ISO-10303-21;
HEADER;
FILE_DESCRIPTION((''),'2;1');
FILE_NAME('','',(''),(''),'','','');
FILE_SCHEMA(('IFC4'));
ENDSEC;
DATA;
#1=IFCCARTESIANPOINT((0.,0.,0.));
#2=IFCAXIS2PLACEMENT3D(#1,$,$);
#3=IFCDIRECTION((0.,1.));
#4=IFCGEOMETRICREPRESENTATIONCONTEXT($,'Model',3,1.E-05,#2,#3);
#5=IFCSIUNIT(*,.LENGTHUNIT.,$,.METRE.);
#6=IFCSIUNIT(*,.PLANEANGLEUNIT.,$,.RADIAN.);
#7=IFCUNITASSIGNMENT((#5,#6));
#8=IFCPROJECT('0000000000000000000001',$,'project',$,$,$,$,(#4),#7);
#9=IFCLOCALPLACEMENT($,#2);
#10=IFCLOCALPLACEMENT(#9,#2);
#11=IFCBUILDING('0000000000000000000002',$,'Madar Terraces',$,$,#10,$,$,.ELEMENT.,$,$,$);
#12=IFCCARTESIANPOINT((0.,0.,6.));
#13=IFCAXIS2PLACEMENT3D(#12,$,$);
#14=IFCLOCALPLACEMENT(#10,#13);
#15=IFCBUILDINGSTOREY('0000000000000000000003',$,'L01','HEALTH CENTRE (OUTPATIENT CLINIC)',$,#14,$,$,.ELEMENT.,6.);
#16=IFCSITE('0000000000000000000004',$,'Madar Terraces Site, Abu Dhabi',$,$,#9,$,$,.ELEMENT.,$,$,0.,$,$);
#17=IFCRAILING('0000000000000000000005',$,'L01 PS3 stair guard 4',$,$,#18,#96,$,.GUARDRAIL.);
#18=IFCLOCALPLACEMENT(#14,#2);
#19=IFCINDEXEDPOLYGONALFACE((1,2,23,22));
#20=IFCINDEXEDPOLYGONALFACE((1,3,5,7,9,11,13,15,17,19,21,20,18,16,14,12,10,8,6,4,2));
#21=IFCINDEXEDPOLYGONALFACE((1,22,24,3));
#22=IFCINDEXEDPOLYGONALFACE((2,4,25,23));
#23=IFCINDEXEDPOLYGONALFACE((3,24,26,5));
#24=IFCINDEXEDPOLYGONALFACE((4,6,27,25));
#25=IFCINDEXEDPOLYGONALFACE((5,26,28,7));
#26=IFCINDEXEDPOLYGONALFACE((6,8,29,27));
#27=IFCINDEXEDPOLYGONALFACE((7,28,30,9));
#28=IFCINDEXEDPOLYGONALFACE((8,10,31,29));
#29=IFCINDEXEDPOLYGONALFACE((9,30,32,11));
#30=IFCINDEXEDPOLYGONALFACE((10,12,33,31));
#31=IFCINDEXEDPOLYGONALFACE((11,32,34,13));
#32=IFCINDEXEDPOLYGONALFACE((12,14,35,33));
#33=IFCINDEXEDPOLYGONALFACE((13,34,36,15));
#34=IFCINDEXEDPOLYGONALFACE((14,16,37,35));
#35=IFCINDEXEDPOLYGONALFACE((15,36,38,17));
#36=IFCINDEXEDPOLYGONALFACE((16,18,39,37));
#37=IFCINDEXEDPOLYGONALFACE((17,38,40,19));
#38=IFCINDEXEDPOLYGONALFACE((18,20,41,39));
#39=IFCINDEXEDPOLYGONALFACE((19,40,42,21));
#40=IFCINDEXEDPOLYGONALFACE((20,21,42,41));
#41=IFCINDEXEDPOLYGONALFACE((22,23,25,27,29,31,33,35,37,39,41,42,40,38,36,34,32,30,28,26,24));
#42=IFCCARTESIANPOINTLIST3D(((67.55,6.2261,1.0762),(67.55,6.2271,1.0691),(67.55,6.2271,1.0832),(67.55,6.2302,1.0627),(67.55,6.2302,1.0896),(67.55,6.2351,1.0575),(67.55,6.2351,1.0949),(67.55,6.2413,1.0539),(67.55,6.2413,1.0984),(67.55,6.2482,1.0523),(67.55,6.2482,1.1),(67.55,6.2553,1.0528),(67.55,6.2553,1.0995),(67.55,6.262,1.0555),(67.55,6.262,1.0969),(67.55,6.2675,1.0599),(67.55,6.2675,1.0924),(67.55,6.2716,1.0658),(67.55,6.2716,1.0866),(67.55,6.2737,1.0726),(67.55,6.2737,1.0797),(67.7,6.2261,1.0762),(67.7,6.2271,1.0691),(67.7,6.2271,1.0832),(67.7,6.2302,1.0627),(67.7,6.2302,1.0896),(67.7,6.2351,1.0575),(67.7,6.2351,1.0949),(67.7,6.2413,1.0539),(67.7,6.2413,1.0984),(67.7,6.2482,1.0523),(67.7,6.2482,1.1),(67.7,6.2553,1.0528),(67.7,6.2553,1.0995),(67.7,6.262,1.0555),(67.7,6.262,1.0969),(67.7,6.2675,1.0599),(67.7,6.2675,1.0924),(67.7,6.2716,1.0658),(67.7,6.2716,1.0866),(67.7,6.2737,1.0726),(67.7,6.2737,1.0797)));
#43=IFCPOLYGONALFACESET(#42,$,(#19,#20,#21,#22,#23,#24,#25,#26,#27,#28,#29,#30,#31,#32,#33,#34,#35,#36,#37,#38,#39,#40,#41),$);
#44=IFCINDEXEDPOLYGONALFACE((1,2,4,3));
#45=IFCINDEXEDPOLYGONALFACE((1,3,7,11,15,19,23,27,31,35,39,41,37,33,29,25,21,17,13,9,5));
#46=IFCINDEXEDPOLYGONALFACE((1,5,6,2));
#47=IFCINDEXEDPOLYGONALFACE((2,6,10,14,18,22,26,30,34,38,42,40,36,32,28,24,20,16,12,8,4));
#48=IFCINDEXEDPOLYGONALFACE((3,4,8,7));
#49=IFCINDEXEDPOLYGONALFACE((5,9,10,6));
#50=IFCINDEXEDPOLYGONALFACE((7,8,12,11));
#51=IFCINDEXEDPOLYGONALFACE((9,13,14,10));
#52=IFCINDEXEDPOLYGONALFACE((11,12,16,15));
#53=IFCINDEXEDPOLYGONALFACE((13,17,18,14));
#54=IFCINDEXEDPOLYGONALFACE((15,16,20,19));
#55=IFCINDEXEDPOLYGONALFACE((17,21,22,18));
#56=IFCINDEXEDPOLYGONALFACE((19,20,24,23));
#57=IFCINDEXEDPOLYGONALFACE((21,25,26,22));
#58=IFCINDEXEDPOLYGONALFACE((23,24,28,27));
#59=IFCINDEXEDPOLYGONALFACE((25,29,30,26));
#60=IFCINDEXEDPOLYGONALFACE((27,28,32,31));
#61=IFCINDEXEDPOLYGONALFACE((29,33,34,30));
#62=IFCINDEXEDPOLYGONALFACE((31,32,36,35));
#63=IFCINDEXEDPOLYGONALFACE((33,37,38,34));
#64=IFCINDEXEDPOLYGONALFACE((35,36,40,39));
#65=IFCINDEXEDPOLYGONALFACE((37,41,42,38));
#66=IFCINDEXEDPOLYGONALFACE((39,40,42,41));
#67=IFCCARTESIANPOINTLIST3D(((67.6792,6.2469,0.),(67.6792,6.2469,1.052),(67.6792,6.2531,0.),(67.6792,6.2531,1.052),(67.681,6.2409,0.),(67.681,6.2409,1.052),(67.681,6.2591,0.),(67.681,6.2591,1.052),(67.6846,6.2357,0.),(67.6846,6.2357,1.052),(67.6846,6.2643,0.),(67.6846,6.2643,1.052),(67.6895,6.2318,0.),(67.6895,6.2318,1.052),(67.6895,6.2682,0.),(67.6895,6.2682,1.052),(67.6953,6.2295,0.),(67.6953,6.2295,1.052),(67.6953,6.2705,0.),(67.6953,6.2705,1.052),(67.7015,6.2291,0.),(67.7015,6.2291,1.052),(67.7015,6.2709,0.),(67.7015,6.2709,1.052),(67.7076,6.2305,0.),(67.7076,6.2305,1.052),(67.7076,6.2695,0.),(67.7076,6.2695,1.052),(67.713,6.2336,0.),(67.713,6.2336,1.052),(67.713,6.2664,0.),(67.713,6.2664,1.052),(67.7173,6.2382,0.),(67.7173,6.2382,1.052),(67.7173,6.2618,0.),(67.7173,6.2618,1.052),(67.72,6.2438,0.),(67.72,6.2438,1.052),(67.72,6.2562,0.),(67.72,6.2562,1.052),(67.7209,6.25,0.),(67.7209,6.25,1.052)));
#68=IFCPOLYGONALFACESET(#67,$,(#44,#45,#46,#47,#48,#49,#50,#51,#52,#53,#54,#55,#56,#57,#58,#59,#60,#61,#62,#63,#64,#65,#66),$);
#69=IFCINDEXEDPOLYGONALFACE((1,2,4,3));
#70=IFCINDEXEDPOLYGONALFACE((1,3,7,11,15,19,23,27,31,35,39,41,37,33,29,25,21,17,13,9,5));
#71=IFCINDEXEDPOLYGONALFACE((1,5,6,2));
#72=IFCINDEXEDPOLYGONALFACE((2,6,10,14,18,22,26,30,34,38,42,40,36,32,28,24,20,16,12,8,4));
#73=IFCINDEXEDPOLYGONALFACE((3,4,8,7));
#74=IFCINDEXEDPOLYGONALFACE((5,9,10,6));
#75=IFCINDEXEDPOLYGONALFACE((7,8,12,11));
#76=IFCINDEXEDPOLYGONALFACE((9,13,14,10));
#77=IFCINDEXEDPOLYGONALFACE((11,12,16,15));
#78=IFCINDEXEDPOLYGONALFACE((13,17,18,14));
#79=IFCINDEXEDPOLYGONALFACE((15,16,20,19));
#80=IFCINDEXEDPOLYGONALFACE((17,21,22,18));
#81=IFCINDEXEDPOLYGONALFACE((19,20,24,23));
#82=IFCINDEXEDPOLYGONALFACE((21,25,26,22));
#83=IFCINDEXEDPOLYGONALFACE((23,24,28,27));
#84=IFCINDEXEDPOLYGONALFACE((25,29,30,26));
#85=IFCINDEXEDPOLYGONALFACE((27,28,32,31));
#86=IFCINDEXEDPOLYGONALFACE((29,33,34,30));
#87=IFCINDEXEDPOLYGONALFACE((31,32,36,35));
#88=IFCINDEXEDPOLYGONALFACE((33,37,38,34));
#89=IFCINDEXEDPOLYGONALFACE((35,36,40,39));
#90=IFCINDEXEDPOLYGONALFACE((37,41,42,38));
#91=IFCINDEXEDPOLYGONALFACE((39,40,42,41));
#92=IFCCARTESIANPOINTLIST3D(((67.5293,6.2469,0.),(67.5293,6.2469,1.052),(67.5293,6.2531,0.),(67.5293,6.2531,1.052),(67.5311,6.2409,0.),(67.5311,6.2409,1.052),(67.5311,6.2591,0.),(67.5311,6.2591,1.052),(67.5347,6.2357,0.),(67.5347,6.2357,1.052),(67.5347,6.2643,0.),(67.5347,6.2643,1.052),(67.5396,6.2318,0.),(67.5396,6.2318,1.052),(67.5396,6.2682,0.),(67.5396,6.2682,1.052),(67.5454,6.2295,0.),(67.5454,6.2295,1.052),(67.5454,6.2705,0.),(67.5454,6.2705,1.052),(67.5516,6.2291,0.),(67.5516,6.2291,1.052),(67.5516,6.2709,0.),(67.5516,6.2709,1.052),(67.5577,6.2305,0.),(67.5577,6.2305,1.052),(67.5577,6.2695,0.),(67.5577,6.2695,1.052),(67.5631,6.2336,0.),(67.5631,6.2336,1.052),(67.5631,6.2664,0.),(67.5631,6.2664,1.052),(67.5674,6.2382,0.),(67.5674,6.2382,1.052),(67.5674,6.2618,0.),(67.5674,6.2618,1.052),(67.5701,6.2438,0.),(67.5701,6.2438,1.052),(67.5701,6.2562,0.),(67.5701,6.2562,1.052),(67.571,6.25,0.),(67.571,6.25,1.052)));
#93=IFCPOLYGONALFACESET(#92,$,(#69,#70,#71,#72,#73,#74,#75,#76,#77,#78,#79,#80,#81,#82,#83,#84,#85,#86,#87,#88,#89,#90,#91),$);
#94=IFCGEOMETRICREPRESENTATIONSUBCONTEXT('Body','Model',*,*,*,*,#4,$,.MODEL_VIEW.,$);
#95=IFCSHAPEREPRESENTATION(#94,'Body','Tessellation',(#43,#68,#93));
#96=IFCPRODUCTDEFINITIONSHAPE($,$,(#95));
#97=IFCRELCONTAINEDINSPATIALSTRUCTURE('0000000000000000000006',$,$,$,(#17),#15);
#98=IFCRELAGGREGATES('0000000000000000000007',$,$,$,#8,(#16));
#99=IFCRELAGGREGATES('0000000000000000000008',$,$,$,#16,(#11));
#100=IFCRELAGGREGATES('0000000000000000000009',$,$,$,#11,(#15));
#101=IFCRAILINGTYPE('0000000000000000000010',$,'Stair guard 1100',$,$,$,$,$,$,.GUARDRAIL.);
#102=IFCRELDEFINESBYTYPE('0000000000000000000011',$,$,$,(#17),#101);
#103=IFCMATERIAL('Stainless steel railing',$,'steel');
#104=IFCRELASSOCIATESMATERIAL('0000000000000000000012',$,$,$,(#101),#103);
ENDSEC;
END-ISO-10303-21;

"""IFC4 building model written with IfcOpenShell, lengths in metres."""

from ifc_helpers import new_model, si_unit, direction, frame, origin, origin_2d, place, context, subcontext, project, spatial, circle, extrude, material, type_object, element, save


model = new_model("IFC4")

# Units and contexts
model_context = context("Model", 3, precision=1e-05, world=origin(), true_north=direction((0.0, 1.0)))
body_context = subcontext(model_context, "Body", "Model", "MODEL_VIEW")
ifc_project = project(units=[si_unit("LENGTHUNIT", "METRE"), si_unit("PLANEANGLEUNIT", "RADIAN")], contexts=[model_context])

# Site, building, storey
site_placement = place(None, origin())
site = spatial("IfcSite", under=ifc_project, at=site_placement, Name="Madar Terraces Site, Abu Dhabi", CompositionType="ELEMENT", RefElevation=0.0)
building_placement = place(site_placement, origin())
building = spatial("IfcBuilding", under=site, at=building_placement, Name="Madar Terraces", CompositionType="ELEMENT")
storey_placement = place(building_placement, frame((0.0, 0.0, 6.0)))
storey = spatial("IfcBuildingStorey", under=building, at=storey_placement, Name="L01", Description="HEALTH CENTRE (OUTPATIENT CLINIC)", CompositionType="ELEMENT", Elevation=6.0)

# Railing
ifc_material_1 = material(Name="Stainless steel railing", Category="steel")
railing_type_1 = type_object("IfcRailingType", Name="Stair guard 1100", PredefinedType="GUARDRAIL", material=ifc_material_1)
railing_1_placement = place(storey_placement, frame((67.7, 6.25, 0.0)))
element("IfcRailing", 1, at=railing_1_placement, inside=storey, type_object=railing_type_1, Name="L01 PS3 stair guard 4", PredefinedType="GUARDRAIL", context=body_context, shape_type="SweptSolid", body=[
    extrude(circle(Radius=0.0239, at=origin_2d()), frame((0.0, 0.0, 1.0762), z_axis=(-1.0, 0.0, 0.0), x_axis=(0.0, -1.0, 0.0)), (0.0, 0.0, 1.0), 0.1499),
    extrude(circle(Radius=0.021, at=origin_2d()), origin(), (0.0, 0.0, 1.0), 1.052),
    extrude(circle(Radius=0.021, at=origin_2d()), frame((-0.1499, 0.0, 0.0)), (0.0, 0.0, 1.0), 1.052),
])

save(model, "model.ifc")
